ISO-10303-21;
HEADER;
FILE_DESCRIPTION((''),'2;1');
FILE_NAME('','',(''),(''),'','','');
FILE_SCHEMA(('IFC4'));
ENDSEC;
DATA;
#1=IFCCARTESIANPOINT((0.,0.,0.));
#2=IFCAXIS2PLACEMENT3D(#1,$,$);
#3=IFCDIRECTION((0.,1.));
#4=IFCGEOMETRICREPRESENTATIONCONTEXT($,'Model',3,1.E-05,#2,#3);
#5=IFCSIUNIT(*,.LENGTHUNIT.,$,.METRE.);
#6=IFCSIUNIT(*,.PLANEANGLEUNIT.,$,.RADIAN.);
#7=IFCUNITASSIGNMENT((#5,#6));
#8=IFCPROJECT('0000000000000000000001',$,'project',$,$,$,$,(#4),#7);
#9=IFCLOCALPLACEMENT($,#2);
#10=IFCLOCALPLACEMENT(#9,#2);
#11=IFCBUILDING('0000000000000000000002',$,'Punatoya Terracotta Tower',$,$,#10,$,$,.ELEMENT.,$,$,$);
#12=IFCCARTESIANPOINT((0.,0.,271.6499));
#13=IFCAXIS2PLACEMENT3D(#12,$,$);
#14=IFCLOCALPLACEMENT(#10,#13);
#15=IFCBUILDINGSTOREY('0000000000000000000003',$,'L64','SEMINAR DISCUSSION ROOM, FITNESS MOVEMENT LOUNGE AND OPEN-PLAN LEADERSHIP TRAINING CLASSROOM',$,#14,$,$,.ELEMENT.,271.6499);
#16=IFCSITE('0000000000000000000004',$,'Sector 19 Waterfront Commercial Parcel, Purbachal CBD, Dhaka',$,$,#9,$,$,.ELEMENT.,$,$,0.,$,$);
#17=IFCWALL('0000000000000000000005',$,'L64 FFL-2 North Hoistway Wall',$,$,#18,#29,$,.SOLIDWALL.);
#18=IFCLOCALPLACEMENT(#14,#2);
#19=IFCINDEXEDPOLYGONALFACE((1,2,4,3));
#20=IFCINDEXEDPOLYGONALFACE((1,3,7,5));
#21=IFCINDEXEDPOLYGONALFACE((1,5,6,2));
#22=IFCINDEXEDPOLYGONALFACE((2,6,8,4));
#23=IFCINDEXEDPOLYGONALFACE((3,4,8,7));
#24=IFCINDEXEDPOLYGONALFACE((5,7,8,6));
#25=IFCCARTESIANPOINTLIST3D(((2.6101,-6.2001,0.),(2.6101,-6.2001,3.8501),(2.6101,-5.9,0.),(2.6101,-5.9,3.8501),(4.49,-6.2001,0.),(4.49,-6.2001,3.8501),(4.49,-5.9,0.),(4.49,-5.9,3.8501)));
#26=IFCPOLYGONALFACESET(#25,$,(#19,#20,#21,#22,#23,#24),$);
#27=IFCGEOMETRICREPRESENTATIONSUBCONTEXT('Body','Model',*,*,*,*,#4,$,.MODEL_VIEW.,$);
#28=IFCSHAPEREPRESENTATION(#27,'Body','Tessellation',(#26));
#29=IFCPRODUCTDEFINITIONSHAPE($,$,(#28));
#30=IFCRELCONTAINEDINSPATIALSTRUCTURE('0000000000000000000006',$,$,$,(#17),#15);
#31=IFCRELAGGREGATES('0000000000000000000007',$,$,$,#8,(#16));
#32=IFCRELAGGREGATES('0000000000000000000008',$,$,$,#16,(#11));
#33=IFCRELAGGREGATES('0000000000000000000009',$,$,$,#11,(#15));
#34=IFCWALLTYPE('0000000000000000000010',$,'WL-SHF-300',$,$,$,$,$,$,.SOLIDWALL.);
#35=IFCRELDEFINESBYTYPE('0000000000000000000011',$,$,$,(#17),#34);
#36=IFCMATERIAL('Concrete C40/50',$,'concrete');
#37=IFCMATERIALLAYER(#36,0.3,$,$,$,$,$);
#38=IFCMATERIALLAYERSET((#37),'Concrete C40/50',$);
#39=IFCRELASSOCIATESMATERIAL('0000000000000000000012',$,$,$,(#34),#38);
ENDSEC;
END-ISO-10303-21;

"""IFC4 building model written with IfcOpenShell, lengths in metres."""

from ifc_helpers import new_model, si_unit, direction, frame, frame_2d, origin, place, context, subcontext, project, spatial, rectangle, extrude, material, layer, layer_set, type_object, element, save


model = new_model("IFC4")

# Units and contexts
model_context = context("Model", 3, precision=1e-05, world=origin(), true_north=direction((0.0, 1.0)))
body_context = subcontext(model_context, "Body", "Model", "MODEL_VIEW")
ifc_project = project(units=[si_unit("LENGTHUNIT", "METRE"), si_unit("PLANEANGLEUNIT", "RADIAN")], contexts=[model_context])

# Site, building, storey
site_placement = place(None, origin())
site = spatial("IfcSite", under=ifc_project, at=site_placement, Name="Sector 19 Waterfront Commercial Parcel, Purbachal CBD, Dhaka", CompositionType="ELEMENT", RefElevation=0.0)
building_placement = place(site_placement, origin())
building = spatial("IfcBuilding", under=site, at=building_placement, Name="Punatoya Terracotta Tower", CompositionType="ELEMENT")
storey_placement = place(building_placement, frame((0.0, 0.0, 271.6499)))
storey = spatial("IfcBuildingStorey", under=building, at=storey_placement, Name="L64", Description="SEMINAR DISCUSSION ROOM, FITNESS MOVEMENT LOUNGE AND OPEN-PLAN LEADERSHIP TRAINING CLASSROOM", CompositionType="ELEMENT", Elevation=271.6499)

# Shared definitions
ifc_material_1 = material(Name="Concrete C40/50", Category="concrete")
ifc_layer_1 = layer(ifc_material_1, 0.3)
ifc_layer_set_1 = layer_set([ifc_layer_1], Name="Concrete C40/50")
wall_type_1 = type_object("IfcWallType", Name="WL-SHF-300", PredefinedType="SOLIDWALL", material=ifc_layer_set_1)

# Wall
wall_1_placement = place(storey_placement, frame((2.6101, -6.05, 0.0), z_axis=(0.0, 0.0, 1.0), x_axis=(1.0, 0.0, 0.0)))
element("IfcWall", 1, at=wall_1_placement, inside=storey, type_object=wall_type_1, Name="L64 FFL-2 North Hoistway Wall", PredefinedType="SOLIDWALL", context=body_context, shape_type="SweptSolid", body=[
    extrude(rectangle(XDim=1.8799, YDim=0.3, at=frame_2d((0.9399, 0.0))), origin(), (0.0, 0.0, 1.0), 3.8501),
])

save(model, "model.ifc")
